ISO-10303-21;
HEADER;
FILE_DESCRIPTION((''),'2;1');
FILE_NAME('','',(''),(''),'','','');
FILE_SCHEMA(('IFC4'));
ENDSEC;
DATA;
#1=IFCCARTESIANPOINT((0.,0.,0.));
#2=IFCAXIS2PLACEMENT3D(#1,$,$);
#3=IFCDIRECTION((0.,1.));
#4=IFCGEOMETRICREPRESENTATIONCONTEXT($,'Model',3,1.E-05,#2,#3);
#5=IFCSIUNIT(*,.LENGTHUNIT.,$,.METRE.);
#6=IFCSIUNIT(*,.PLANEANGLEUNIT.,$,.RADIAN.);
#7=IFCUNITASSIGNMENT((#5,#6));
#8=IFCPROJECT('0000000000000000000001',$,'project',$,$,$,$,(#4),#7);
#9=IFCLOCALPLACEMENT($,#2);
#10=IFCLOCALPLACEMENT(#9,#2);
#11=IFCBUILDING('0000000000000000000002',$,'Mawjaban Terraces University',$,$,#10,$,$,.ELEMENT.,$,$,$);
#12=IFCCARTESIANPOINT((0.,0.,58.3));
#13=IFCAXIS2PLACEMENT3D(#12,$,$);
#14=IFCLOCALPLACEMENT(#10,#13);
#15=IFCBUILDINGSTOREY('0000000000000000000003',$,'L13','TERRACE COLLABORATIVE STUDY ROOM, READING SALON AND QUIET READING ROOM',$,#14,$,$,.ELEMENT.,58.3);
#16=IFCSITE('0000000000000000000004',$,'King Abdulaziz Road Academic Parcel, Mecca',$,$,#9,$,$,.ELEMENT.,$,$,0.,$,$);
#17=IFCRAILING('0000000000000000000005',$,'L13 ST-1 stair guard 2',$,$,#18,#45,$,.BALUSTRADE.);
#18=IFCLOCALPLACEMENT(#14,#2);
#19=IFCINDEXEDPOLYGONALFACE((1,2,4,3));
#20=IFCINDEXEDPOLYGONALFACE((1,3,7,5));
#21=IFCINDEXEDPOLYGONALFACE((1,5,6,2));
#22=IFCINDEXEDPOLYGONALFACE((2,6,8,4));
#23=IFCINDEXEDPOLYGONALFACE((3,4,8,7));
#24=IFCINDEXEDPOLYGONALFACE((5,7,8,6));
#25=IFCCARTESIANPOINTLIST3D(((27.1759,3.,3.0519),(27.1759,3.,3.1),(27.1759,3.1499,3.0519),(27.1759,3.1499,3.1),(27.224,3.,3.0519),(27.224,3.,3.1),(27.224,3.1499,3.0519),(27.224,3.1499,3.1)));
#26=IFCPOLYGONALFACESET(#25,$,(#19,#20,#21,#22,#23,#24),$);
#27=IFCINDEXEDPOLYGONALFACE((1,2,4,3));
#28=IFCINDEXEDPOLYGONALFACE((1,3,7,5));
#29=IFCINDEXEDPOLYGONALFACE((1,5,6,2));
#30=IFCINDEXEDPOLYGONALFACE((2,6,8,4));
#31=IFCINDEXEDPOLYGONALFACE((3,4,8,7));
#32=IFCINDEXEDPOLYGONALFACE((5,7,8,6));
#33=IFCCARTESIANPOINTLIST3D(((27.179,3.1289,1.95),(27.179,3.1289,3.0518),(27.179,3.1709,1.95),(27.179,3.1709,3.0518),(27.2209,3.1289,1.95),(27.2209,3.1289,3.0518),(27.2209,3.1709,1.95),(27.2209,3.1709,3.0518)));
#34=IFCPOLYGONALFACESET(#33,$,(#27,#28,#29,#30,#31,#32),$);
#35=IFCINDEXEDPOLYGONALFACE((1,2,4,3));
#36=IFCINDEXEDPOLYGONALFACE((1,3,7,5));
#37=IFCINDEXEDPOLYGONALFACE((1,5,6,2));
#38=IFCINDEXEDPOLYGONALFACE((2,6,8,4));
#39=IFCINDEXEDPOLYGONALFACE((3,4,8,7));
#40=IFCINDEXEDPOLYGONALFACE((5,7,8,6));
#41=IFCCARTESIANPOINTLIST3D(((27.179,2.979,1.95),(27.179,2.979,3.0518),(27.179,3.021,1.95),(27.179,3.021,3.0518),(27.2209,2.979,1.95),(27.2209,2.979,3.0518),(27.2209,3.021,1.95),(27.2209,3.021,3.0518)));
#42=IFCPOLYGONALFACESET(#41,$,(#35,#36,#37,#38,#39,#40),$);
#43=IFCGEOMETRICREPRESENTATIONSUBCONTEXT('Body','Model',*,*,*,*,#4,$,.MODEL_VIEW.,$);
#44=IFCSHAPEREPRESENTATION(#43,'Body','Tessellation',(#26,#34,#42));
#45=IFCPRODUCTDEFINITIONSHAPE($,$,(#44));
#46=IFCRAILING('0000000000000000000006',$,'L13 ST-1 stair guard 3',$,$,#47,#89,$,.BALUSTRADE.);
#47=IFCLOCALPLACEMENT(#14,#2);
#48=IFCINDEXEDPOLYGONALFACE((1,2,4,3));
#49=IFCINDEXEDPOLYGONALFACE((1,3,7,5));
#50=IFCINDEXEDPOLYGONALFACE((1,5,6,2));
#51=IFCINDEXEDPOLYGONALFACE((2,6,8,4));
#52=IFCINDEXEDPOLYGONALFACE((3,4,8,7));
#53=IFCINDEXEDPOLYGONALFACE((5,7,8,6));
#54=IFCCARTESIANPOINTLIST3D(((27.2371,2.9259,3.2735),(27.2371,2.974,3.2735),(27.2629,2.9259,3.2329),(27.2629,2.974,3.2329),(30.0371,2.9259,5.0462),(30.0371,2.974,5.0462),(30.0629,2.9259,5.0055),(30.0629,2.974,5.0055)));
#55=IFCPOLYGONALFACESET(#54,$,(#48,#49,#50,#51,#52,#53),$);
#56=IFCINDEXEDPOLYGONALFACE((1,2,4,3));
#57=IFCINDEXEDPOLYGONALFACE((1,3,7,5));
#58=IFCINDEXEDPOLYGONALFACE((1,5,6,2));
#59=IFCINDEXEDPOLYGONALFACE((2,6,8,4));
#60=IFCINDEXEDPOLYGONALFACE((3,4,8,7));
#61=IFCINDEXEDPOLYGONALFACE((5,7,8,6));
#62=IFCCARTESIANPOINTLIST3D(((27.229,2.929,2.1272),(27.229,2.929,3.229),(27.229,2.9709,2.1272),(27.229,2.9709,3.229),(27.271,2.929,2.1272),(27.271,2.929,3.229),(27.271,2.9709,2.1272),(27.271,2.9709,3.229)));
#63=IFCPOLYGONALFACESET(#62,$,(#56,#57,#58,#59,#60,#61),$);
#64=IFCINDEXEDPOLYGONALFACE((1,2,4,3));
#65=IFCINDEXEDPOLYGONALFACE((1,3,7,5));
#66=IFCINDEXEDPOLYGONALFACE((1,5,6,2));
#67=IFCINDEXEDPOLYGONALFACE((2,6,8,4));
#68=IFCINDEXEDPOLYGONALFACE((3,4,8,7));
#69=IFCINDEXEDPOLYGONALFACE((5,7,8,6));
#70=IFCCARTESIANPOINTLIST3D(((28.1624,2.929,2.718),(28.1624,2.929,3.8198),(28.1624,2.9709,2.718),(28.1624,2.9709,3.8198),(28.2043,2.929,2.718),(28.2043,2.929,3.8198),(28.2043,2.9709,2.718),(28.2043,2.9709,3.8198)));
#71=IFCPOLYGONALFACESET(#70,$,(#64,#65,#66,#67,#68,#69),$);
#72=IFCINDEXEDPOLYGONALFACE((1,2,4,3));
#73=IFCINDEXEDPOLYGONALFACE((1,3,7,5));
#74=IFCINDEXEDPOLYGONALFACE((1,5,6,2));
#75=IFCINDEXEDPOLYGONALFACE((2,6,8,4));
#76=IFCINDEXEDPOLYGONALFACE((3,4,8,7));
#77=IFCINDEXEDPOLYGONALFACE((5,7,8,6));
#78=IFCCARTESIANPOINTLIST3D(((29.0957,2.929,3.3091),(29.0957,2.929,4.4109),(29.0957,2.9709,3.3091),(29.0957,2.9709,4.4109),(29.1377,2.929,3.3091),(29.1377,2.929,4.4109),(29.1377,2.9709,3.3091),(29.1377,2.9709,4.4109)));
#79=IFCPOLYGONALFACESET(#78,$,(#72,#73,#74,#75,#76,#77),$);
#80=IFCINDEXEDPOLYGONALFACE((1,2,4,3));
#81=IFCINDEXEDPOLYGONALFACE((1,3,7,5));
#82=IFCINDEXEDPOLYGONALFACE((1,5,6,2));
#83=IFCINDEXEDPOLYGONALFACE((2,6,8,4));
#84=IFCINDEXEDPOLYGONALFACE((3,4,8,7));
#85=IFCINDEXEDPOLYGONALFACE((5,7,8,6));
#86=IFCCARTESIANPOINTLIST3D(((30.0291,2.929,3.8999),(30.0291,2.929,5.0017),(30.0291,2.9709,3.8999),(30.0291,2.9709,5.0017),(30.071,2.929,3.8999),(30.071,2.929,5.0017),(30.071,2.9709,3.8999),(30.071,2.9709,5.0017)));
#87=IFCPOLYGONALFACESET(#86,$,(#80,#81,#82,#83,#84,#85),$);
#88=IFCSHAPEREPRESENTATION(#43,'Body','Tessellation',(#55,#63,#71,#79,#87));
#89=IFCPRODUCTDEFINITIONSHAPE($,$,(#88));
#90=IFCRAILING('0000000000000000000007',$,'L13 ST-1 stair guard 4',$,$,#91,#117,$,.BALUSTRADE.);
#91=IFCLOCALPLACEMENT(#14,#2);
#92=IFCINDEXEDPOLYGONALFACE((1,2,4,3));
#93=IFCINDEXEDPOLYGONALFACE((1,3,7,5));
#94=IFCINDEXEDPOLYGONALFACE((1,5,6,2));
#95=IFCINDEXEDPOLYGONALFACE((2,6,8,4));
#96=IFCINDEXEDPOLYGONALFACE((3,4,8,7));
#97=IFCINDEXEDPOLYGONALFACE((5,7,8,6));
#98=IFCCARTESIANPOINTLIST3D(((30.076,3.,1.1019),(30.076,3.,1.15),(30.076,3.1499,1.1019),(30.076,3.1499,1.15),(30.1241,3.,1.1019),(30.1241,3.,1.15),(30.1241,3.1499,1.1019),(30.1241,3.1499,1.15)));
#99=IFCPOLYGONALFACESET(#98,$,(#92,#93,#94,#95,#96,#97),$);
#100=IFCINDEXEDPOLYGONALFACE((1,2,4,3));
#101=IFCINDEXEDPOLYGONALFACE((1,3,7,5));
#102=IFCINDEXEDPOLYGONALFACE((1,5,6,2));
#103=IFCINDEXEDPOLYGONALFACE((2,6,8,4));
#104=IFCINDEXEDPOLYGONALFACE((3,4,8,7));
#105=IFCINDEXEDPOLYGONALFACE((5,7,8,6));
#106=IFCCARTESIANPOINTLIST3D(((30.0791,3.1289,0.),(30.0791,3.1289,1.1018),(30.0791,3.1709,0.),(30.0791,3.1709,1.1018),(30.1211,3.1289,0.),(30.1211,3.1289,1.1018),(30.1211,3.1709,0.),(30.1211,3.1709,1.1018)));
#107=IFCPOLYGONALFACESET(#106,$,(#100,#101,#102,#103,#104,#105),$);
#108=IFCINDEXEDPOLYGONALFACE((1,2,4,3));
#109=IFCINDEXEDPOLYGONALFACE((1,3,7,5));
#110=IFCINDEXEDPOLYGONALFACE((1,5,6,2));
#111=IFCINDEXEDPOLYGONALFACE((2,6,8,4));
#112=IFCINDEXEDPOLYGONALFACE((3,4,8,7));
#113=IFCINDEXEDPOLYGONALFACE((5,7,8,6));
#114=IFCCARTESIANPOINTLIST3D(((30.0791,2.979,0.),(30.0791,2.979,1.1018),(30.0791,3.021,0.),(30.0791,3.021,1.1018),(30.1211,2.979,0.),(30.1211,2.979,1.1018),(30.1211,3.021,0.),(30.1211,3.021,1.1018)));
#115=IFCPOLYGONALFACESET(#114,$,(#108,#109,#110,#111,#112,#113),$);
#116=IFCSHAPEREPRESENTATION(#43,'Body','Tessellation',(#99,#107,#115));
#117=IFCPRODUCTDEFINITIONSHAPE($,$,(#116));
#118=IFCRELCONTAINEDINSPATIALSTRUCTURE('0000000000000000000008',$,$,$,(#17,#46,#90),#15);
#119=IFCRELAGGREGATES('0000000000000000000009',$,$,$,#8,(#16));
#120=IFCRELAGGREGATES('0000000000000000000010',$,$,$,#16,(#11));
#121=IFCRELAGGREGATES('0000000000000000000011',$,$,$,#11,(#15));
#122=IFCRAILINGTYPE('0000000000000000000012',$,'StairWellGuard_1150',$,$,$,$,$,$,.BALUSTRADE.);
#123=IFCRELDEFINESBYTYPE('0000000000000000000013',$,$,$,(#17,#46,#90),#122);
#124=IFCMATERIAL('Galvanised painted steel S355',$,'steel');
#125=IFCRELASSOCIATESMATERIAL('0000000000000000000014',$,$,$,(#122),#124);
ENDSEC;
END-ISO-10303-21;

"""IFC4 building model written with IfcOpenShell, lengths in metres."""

from ifc_helpers import new_model, si_unit, direction, frame, origin, origin_2d, place, context, subcontext, project, spatial, rectangle, extrude, material, type_object, element, save


model = new_model("IFC4")

# Units and contexts
model_context = context("Model", 3, precision=1e-05, world=origin(), true_north=direction((0.0, 1.0)))
body_context = subcontext(model_context, "Body", "Model", "MODEL_VIEW")
ifc_project = project(units=[si_unit("LENGTHUNIT", "METRE"), si_unit("PLANEANGLEUNIT", "RADIAN")], contexts=[model_context])

# Site, building, storey
site_placement = place(None, origin())
site = spatial("IfcSite", under=ifc_project, at=site_placement, Name="King Abdulaziz Road Academic Parcel, Mecca", CompositionType="ELEMENT", RefElevation=0.0)
building_placement = place(site_placement, origin())
building = spatial("IfcBuilding", under=site, at=building_placement, Name="Mawjaban Terraces University", CompositionType="ELEMENT")
storey_placement = place(building_placement, frame((0.0, 0.0, 58.3)))
storey = spatial("IfcBuildingStorey", under=building, at=storey_placement, Name="L13", Description="TERRACE COLLABORATIVE STUDY ROOM, READING SALON AND QUIET READING ROOM", CompositionType="ELEMENT", Elevation=58.3)

# Railings
ifc_material_1 = material(Name="Galvanised painted steel S355", Category="steel")
railing_type_1 = type_object("IfcRailingType", Name="StairWellGuard_1150", PredefinedType="BALUSTRADE", material=ifc_material_1)
railing_1_placement = place(storey_placement, frame((27.2, 3.1499, 1.95)))
element("IfcRailing", 1, at=railing_1_placement, inside=storey, type_object=railing_type_1, Name="L13 ST-1 stair guard 2", PredefinedType="BALUSTRADE", context=body_context, shape_type="SweptSolid", body=[
    extrude(rectangle(XDim=0.0481, YDim=0.0481, at=origin_2d()), frame((0.0, 0.0, 1.126), z_axis=(0.0, -1.0, 0.0), x_axis=(1.0, 0.0, 0.0)), (0.0, 0.0, 1.0), 0.1499),
    extrude(rectangle(XDim=0.042, YDim=0.042, at=origin_2d()), origin(), (0.0, 0.0, 1.0), 1.1018),
    extrude(rectangle(XDim=0.042, YDim=0.042, at=origin_2d()), frame((0.0, -0.1499, 0.0)), (0.0, 0.0, 1.0), 1.1018),
])
railing_2_placement = place(storey_placement, frame((27.25, 2.95, 2.1272)))
element("IfcRailing", 2, at=railing_2_placement, inside=storey, type_object=railing_type_1, Name="L13 ST-1 stair guard 3", PredefinedType="BALUSTRADE", context=body_context, shape_type="SweptSolid", body=[
    extrude(rectangle(XDim=0.0481, YDim=0.0481, at=origin_2d()), frame((0.0, 0.0, 1.126), z_axis=(0.844909, 0.0, 0.53491), x_axis=(0.0, 1.0, 0.0)), (0.0, 0.0, 1.0), 3.314),
    extrude(rectangle(XDim=0.042, YDim=0.042, at=origin_2d()), origin(), (0.0, 0.0, 1.0), 1.1018),
    extrude(rectangle(XDim=0.042, YDim=0.042, at=origin_2d()), frame((0.9333, 0.0, 0.5908)), (0.0, 0.0, 1.0), 1.1018),
    extrude(rectangle(XDim=0.042, YDim=0.042, at=origin_2d()), frame((1.8667, 0.0, 1.1819)), (0.0, 0.0, 1.0), 1.1018),
    extrude(rectangle(XDim=0.042, YDim=0.042, at=origin_2d()), frame((2.8, 0.0, 1.7727)), (0.0, 0.0, 1.0), 1.1018),
])
railing_3_placement = place(storey_placement, frame((30.1001, 3.1499, 0.0)))
element("IfcRailing", 3, at=railing_3_placement, inside=storey, type_object=railing_type_1, Name="L13 ST-1 stair guard 4", PredefinedType="BALUSTRADE", context=body_context, shape_type="SweptSolid", body=[
    extrude(rectangle(XDim=0.0481, YDim=0.0481, at=origin_2d()), frame((0.0, 0.0, 1.126), z_axis=(0.0, -1.0, 0.0), x_axis=(1.0, 0.0, 0.0)), (0.0, 0.0, 1.0), 0.1499),
    extrude(rectangle(XDim=0.042, YDim=0.042, at=origin_2d()), origin(), (0.0, 0.0, 1.0), 1.1018),
    extrude(rectangle(XDim=0.042, YDim=0.042, at=origin_2d()), frame((0.0, -0.1499, 0.0)), (0.0, 0.0, 1.0), 1.1018),
])

save(model, "model.ifc")
